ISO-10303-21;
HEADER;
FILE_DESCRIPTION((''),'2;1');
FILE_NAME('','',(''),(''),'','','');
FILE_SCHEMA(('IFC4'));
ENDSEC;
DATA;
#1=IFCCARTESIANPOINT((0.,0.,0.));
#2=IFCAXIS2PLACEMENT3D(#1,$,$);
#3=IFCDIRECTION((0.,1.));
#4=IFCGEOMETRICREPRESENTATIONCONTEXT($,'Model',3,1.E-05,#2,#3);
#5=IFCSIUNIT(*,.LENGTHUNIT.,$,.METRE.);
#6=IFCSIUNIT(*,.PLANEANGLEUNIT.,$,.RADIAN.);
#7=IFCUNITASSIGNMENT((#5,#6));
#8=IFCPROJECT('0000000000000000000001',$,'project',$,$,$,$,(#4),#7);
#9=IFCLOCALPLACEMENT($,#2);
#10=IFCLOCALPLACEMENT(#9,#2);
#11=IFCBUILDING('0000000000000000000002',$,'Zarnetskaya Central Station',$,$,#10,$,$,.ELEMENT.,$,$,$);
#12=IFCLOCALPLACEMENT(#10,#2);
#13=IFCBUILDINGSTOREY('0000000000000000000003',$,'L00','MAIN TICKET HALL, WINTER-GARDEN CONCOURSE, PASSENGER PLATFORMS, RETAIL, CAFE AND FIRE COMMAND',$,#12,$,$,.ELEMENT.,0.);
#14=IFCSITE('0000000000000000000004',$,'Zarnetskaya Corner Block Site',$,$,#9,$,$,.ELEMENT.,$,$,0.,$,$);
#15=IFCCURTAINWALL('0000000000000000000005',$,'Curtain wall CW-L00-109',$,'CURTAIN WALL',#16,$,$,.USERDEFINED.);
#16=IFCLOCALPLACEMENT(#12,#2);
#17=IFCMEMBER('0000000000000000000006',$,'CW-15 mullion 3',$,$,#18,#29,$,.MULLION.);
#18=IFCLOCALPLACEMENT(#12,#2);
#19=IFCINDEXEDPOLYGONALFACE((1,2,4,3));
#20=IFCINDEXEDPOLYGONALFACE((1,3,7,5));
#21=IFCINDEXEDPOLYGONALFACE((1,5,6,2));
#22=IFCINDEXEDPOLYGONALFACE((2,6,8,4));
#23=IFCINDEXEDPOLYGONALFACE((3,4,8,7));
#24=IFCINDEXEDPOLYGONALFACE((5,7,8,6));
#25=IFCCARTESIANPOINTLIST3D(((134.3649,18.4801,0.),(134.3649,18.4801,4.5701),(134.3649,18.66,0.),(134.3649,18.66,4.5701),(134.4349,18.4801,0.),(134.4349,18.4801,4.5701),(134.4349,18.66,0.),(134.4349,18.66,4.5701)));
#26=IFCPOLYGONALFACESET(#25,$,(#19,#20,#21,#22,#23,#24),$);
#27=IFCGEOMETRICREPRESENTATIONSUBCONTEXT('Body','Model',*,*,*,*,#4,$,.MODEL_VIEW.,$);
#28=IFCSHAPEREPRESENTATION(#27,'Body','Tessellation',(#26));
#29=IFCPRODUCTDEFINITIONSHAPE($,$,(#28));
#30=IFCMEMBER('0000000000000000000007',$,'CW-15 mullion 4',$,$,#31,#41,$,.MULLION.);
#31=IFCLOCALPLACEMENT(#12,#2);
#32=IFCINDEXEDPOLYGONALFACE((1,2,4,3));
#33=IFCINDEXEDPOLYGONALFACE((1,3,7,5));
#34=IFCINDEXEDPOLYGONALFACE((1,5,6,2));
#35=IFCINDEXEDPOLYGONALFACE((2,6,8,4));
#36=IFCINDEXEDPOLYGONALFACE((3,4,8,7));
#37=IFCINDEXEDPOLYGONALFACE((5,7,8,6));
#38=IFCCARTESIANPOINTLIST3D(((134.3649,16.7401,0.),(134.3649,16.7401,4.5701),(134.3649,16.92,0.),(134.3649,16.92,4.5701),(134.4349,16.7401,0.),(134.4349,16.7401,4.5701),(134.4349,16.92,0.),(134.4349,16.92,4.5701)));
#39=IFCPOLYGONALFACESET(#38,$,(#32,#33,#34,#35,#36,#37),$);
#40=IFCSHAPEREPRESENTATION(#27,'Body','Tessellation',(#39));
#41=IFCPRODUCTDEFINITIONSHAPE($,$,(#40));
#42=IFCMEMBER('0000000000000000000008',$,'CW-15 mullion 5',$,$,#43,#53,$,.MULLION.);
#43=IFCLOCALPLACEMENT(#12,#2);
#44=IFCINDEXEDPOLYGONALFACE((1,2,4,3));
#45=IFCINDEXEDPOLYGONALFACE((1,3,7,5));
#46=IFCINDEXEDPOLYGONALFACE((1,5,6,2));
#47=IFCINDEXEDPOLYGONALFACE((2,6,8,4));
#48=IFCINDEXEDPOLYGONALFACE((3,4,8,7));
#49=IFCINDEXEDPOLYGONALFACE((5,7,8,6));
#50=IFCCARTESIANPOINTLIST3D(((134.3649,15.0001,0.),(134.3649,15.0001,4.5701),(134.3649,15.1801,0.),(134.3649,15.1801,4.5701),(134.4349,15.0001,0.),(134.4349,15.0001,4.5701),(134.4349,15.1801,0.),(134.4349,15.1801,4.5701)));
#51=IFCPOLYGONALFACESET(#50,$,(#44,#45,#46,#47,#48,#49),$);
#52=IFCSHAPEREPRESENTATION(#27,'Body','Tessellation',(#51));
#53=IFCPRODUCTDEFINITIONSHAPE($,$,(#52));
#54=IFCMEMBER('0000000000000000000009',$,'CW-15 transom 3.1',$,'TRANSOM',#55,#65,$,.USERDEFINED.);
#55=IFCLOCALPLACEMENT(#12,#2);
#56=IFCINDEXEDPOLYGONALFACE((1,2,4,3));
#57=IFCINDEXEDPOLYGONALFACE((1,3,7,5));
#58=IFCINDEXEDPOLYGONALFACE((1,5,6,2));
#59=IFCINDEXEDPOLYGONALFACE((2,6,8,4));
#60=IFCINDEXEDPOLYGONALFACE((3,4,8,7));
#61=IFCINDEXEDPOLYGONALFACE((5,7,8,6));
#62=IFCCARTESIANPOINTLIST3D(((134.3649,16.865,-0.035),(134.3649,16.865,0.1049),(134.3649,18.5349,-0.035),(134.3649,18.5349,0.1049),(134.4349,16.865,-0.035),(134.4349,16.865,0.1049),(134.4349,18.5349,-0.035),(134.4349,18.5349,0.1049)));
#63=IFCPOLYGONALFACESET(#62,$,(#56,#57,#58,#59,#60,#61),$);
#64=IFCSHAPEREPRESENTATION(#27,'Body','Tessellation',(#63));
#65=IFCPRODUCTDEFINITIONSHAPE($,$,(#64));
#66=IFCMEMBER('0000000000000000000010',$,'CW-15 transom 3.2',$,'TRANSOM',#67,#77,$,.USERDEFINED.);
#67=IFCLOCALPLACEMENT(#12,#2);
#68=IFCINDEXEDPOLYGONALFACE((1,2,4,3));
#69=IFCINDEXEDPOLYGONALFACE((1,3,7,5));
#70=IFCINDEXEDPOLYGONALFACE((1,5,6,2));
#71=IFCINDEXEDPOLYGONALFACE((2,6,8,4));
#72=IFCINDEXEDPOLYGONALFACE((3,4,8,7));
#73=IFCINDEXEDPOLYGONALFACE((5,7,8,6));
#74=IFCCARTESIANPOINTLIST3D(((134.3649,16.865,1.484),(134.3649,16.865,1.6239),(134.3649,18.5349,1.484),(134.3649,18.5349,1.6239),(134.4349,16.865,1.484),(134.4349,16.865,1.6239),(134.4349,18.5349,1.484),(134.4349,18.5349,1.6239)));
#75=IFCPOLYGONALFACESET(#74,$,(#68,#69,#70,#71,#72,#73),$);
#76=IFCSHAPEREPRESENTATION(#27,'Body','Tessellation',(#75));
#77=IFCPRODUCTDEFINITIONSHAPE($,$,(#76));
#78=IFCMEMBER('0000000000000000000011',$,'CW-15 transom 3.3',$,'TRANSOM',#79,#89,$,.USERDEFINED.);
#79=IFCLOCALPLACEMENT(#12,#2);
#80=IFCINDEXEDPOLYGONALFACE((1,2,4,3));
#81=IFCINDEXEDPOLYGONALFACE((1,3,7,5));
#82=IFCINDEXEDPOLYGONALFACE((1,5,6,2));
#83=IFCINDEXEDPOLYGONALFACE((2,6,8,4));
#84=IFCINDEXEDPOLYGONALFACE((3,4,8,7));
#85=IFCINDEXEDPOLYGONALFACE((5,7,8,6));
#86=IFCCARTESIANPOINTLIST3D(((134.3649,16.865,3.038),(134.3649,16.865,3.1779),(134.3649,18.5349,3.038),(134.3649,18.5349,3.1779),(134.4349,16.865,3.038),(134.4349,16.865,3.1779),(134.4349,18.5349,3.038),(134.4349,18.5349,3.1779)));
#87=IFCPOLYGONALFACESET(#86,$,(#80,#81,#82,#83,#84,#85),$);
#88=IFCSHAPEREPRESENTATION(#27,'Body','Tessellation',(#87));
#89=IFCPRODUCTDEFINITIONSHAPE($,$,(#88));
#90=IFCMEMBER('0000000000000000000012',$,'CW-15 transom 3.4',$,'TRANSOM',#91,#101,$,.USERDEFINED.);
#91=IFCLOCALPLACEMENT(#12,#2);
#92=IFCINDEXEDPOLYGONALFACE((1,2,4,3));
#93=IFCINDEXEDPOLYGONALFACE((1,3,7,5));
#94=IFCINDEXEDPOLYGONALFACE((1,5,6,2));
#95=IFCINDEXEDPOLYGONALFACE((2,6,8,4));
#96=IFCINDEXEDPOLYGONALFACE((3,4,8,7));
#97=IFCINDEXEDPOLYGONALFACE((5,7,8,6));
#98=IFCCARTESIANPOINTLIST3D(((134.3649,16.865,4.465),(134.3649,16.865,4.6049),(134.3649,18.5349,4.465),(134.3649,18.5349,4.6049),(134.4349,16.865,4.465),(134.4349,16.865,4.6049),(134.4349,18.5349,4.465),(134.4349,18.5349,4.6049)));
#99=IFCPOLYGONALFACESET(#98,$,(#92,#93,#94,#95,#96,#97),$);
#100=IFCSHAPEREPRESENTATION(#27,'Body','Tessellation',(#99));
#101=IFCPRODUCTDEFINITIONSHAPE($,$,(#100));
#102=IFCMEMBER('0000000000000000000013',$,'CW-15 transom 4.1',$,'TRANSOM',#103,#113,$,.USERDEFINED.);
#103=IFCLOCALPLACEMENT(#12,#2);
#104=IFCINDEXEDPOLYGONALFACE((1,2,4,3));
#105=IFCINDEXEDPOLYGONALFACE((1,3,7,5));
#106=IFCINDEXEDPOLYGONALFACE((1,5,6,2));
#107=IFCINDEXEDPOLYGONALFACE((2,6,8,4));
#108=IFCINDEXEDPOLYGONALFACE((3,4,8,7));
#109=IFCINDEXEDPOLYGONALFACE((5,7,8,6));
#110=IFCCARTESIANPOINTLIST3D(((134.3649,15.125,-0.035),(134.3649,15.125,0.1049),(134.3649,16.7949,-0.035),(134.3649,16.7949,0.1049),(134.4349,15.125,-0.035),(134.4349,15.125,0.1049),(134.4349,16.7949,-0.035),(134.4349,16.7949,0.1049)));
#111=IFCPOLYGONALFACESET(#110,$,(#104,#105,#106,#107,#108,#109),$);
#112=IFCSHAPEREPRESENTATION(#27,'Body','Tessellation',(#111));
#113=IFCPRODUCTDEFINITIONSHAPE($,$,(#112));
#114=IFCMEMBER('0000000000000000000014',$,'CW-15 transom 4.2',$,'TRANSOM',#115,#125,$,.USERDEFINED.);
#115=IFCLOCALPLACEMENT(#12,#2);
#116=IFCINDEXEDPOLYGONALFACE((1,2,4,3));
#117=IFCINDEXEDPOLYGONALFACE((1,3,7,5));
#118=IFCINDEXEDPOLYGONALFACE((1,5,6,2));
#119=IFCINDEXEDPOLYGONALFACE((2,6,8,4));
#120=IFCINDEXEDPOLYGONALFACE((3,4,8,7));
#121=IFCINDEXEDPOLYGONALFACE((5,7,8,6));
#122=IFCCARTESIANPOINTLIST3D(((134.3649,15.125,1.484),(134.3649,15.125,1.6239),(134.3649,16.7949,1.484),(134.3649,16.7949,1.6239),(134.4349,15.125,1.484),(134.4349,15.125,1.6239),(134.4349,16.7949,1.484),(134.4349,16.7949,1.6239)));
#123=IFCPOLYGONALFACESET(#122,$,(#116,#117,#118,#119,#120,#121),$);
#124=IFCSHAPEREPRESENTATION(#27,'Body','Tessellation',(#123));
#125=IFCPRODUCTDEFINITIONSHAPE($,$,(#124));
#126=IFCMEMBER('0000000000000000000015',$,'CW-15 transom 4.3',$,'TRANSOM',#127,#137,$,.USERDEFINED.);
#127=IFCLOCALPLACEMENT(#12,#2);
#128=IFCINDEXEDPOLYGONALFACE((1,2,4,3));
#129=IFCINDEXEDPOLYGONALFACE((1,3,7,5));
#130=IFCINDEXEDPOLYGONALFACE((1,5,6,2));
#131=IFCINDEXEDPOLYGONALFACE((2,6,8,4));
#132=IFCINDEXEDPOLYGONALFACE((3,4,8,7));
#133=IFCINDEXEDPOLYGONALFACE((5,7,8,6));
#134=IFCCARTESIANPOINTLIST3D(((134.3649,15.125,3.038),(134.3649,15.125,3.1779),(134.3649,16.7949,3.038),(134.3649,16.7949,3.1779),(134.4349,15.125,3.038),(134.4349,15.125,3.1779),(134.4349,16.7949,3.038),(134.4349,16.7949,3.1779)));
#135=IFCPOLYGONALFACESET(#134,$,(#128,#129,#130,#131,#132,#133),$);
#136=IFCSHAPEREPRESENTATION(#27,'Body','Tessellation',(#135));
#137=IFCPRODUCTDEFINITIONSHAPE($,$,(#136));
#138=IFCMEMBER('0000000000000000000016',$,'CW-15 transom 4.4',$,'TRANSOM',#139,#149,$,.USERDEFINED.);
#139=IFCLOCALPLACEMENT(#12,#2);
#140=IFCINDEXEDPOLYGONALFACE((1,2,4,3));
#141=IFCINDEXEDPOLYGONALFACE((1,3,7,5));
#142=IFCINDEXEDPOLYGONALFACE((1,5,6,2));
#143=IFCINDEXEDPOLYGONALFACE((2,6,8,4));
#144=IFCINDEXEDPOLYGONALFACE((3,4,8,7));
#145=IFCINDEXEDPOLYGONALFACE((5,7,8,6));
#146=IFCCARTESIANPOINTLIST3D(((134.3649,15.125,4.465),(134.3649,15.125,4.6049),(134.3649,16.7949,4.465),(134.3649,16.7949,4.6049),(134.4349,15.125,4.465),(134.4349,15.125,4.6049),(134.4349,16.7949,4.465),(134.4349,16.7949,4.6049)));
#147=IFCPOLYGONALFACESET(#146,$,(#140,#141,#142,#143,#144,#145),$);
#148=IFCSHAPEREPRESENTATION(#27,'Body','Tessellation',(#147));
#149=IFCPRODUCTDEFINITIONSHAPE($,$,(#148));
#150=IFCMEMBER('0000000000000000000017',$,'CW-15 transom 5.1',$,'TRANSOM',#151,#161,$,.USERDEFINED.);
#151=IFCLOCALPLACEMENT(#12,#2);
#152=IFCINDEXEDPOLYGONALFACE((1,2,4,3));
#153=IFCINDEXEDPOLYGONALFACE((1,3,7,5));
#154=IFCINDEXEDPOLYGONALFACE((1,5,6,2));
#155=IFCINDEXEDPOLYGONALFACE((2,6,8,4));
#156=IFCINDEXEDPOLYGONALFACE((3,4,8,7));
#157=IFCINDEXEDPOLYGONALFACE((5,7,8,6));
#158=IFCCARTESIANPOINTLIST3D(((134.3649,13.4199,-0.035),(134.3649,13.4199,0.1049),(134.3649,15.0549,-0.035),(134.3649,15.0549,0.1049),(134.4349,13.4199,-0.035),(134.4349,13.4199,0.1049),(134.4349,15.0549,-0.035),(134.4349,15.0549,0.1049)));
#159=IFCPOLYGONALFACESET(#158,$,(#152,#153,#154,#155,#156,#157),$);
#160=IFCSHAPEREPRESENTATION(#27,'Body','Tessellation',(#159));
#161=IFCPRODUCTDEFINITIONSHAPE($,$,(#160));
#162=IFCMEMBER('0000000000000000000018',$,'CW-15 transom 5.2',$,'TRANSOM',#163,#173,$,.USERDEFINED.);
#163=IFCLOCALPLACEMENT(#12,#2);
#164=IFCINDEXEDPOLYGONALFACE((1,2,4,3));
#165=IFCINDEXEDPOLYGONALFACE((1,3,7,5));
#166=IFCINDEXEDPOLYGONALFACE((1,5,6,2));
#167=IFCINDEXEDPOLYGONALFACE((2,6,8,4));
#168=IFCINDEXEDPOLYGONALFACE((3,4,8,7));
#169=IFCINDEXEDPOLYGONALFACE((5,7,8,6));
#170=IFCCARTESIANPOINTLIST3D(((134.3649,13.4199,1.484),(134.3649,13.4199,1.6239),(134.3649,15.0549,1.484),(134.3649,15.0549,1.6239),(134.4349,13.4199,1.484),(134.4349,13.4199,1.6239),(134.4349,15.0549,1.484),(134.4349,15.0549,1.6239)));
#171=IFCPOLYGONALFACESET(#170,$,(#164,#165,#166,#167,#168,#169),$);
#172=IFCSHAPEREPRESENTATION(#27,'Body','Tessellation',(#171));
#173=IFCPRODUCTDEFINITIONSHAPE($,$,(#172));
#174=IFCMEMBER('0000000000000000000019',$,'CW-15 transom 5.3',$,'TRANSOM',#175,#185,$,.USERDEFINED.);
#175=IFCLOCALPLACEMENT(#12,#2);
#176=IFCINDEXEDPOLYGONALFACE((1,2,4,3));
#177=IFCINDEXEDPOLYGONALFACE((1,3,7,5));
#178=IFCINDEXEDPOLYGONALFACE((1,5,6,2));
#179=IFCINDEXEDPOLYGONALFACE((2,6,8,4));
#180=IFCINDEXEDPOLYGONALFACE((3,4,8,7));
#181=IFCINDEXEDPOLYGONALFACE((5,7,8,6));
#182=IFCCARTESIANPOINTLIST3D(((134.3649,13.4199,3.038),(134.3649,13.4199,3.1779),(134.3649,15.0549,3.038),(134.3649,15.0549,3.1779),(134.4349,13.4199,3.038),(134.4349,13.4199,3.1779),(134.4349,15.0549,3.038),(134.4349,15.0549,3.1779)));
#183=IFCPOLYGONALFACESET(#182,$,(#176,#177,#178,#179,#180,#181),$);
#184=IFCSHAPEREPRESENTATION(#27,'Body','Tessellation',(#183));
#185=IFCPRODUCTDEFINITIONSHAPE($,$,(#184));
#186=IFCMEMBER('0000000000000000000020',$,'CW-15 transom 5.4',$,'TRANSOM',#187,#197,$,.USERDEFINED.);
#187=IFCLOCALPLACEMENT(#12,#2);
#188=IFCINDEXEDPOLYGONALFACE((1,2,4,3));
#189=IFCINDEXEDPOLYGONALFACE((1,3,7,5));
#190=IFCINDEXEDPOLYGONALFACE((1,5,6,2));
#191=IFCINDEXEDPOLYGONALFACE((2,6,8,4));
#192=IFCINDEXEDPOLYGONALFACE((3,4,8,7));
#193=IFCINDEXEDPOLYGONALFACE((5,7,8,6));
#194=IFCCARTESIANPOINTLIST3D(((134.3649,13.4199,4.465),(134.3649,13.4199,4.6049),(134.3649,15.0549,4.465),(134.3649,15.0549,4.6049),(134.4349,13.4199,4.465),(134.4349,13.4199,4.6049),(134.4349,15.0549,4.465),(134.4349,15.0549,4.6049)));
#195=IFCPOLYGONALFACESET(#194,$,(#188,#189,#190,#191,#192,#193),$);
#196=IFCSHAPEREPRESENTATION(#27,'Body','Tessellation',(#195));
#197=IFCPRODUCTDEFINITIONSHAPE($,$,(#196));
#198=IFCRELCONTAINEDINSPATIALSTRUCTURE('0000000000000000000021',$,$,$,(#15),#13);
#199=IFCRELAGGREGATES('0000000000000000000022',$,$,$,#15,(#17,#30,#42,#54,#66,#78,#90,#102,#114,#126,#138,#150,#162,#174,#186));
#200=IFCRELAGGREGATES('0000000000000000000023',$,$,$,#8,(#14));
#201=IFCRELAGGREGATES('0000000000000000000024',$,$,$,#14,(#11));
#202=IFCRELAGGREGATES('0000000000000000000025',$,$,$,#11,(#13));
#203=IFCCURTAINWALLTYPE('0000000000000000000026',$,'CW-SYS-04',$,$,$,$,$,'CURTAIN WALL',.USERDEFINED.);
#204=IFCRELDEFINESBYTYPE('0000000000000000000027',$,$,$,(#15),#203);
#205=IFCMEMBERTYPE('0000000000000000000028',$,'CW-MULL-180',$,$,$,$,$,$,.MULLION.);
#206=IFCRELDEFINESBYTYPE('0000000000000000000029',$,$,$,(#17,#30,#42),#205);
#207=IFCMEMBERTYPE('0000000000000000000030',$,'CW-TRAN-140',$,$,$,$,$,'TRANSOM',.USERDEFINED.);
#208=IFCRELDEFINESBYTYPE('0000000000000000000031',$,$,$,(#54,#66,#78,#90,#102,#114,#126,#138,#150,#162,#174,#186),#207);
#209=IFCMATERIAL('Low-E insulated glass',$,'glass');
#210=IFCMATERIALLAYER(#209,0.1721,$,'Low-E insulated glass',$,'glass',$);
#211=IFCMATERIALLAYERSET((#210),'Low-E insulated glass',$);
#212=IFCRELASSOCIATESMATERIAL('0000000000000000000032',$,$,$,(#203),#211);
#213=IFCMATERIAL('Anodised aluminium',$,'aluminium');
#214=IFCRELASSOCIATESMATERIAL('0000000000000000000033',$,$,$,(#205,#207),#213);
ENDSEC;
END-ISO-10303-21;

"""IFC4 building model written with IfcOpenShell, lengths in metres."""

from ifc_helpers import new_model, si_unit, direction, frame, origin, origin_2d, place, context, subcontext, project, spatial, rectangle, extrude, material, layer, layer_set, material_profile, profile_set, type_object, element, aggregate, save


model = new_model("IFC4")

# Units and contexts
model_context = context("Model", 3, precision=1e-05, world=origin(), true_north=direction((0.0, 1.0)))
body_context = subcontext(model_context, "Body", "Model", "MODEL_VIEW")
ifc_project = project(units=[si_unit("LENGTHUNIT", "METRE"), si_unit("PLANEANGLEUNIT", "RADIAN")], contexts=[model_context])

# Site, building, storey
site_placement = place(None, origin())
site = spatial("IfcSite", under=ifc_project, at=site_placement, Name="Zarnetskaya Corner Block Site", CompositionType="ELEMENT", RefElevation=0.0)
building_placement = place(site_placement, origin())
building = spatial("IfcBuilding", under=site, at=building_placement, Name="Zarnetskaya Central Station", CompositionType="ELEMENT")
storey_placement = place(building_placement, origin())
storey = spatial("IfcBuildingStorey", under=building, at=storey_placement, Name="L00", Description="MAIN TICKET HALL, WINTER-GARDEN CONCOURSE, PASSENGER PLATFORMS, RETAIL, CAFE AND FIRE COMMAND", CompositionType="ELEMENT", Elevation=0.0)

# Curtain wall, members
ifc_material_1 = material(Name="Low-E insulated glass", Category="glass")
ifc_layer_1 = layer(ifc_material_1, 0.1721, Name="Low-E insulated glass", Category="glass")
ifc_layer_set_1 = layer_set([ifc_layer_1], Name="Low-E insulated glass")
curtain_wall_type = type_object("IfcCurtainWallType", Name="CW-SYS-04", ElementType="CURTAIN WALL", PredefinedType="USERDEFINED", material=ifc_layer_set_1)
curtain_wall_placement = place(storey_placement, origin())
curtain_wall = element("IfcCurtainWall", 1, at=curtain_wall_placement, inside=storey, type_object=curtain_wall_type, Name="Curtain wall CW-L00-109", ObjectType="CURTAIN WALL", PredefinedType="USERDEFINED")
ifc_material_2 = material(Name="Anodised aluminium", Category="aluminium")
ifc_material_profile_1 = material_profile(ifc_material_2, rectangle(XDim=0.0701, YDim=0.1799, at=origin_2d()), Name="ALU MULL 70x180")
ifc_profile_set_1 = profile_set([ifc_material_profile_1], Name="Anodised aluminium")
member_type_1 = type_object("IfcMemberType", Name="CW-MULL-180", PredefinedType="MULLION", material=ifc_profile_set_1)
member_1_placement = place(storey_placement, frame((134.3999, 18.5701, 0.0), z_axis=(0.0, 0.0, 1.0), x_axis=(1.0, 0.0, 0.0)))
member_1 = element("IfcMember", 2, at=member_1_placement, type_object=member_type_1, Name="CW-15 mullion 3", PredefinedType="MULLION", context=body_context, shape_type="SweptSolid", body=[
    extrude(rectangle(XDim=0.0701, YDim=0.1799, at=origin_2d()), origin(), (0.0, 0.0, 1.0), 4.5701),
])
member_2_placement = place(storey_placement, frame((134.3999, 16.8301, 0.0), z_axis=(0.0, 0.0, 1.0), x_axis=(1.0, 0.0, 0.0)))
member_2 = element("IfcMember", 3, at=member_2_placement, type_object=member_type_1, Name="CW-15 mullion 4", PredefinedType="MULLION", context=body_context, shape_type="SweptSolid", body=[
    extrude(rectangle(XDim=0.0701, YDim=0.1799, at=origin_2d()), origin(), (0.0, 0.0, 1.0), 4.5701),
])
member_3_placement = place(storey_placement, frame((134.3999, 15.0901, 0.0), z_axis=(0.0, 0.0, 1.0), x_axis=(1.0, 0.0, 0.0)))
member_3 = element("IfcMember", 4, at=member_3_placement, type_object=member_type_1, Name="CW-15 mullion 5", PredefinedType="MULLION", context=body_context, shape_type="SweptSolid", body=[
    extrude(rectangle(XDim=0.0701, YDim=0.1799, at=origin_2d()), origin(), (0.0, 0.0, 1.0), 4.5701),
])
ifc_material_profile_2 = material_profile(ifc_material_2, rectangle(XDim=0.0701, YDim=0.1399, at=origin_2d()), Name="ALU TRAN 70x140")
ifc_profile_set_2 = profile_set([ifc_material_profile_2], Name="Anodised aluminium")
member_type_2 = type_object("IfcMemberType", Name="CW-TRAN-140", ElementType="TRANSOM", PredefinedType="USERDEFINED", material=ifc_profile_set_2)
member_4_placement = place(storey_placement, frame((134.3999, 18.5349, 0.0349), z_axis=(0.0, -1.0, 0.0), x_axis=(1.0, 0.0, 0.0)))
member_4 = element("IfcMember", 5, at=member_4_placement, type_object=member_type_2, Name="CW-15 transom 3.1", ObjectType="TRANSOM", PredefinedType="USERDEFINED", context=body_context, shape_type="SweptSolid", body=[
    extrude(rectangle(XDim=0.0701, YDim=0.1399, at=origin_2d()), origin(), (0.0, 0.0, 1.0), 1.6699),
])
member_5_placement = place(storey_placement, frame((134.3999, 18.5349, 1.554), z_axis=(0.0, -1.0, 0.0), x_axis=(1.0, 0.0, 0.0)))
member_5 = element("IfcMember", 6, at=member_5_placement, type_object=member_type_2, Name="CW-15 transom 3.2", ObjectType="TRANSOM", PredefinedType="USERDEFINED", context=body_context, shape_type="SweptSolid", body=[
    extrude(rectangle(XDim=0.0701, YDim=0.1399, at=origin_2d()), origin(), (0.0, 0.0, 1.0), 1.6699),
])
member_6_placement = place(storey_placement, frame((134.3999, 18.5349, 3.1079), z_axis=(0.0, -1.0, 0.0), x_axis=(1.0, 0.0, 0.0)))
member_6 = element("IfcMember", 7, at=member_6_placement, type_object=member_type_2, Name="CW-15 transom 3.3", ObjectType="TRANSOM", PredefinedType="USERDEFINED", context=body_context, shape_type="SweptSolid", body=[
    extrude(rectangle(XDim=0.0701, YDim=0.1399, at=origin_2d()), origin(), (0.0, 0.0, 1.0), 1.6699),
])
member_7_placement = place(storey_placement, frame((134.3999, 18.5349, 4.5349), z_axis=(0.0, -1.0, 0.0), x_axis=(1.0, 0.0, 0.0)))
member_7 = element("IfcMember", 8, at=member_7_placement, type_object=member_type_2, Name="CW-15 transom 3.4", ObjectType="TRANSOM", PredefinedType="USERDEFINED", context=body_context, shape_type="SweptSolid", body=[
    extrude(rectangle(XDim=0.0701, YDim=0.1399, at=origin_2d()), origin(), (0.0, 0.0, 1.0), 1.6699),
])
member_8_placement = place(storey_placement, frame((134.3999, 16.7949, 0.0349), z_axis=(0.0, -1.0, 0.0), x_axis=(1.0, 0.0, 0.0)))
member_8 = element("IfcMember", 9, at=member_8_placement, type_object=member_type_2, Name="CW-15 transom 4.1", ObjectType="TRANSOM", PredefinedType="USERDEFINED", context=body_context, shape_type="SweptSolid", body=[
    extrude(rectangle(XDim=0.0701, YDim=0.1399, at=origin_2d()), origin(), (0.0, 0.0, 1.0), 1.6699),
])
member_9_placement = place(storey_placement, frame((134.3999, 16.7949, 1.554), z_axis=(0.0, -1.0, 0.0), x_axis=(1.0, 0.0, 0.0)))
member_9 = element("IfcMember", 10, at=member_9_placement, type_object=member_type_2, Name="CW-15 transom 4.2", ObjectType="TRANSOM", PredefinedType="USERDEFINED", context=body_context, shape_type="SweptSolid", body=[
    extrude(rectangle(XDim=0.0701, YDim=0.1399, at=origin_2d()), origin(), (0.0, 0.0, 1.0), 1.6699),
])
member_10_placement = place(storey_placement, frame((134.3999, 16.7949, 3.1079), z_axis=(0.0, -1.0, 0.0), x_axis=(1.0, 0.0, 0.0)))
member_10 = element("IfcMember", 11, at=member_10_placement, type_object=member_type_2, Name="CW-15 transom 4.3", ObjectType="TRANSOM", PredefinedType="USERDEFINED", context=body_context, shape_type="SweptSolid", body=[
    extrude(rectangle(XDim=0.0701, YDim=0.1399, at=origin_2d()), origin(), (0.0, 0.0, 1.0), 1.6699),
])
member_11_placement = place(storey_placement, frame((134.3999, 16.7949, 4.5349), z_axis=(0.0, -1.0, 0.0), x_axis=(1.0, 0.0, 0.0)))
member_11 = element("IfcMember", 12, at=member_11_placement, type_object=member_type_2, Name="CW-15 transom 4.4", ObjectType="TRANSOM", PredefinedType="USERDEFINED", context=body_context, shape_type="SweptSolid", body=[
    extrude(rectangle(XDim=0.0701, YDim=0.1399, at=origin_2d()), origin(), (0.0, 0.0, 1.0), 1.6699),
])
member_12_placement = place(storey_placement, frame((134.3999, 15.0549, 0.0349), z_axis=(0.0, -1.0, 0.0), x_axis=(1.0, 0.0, 0.0)))
member_12 = element("IfcMember", 13, at=member_12_placement, type_object=member_type_2, Name="CW-15 transom 5.1", ObjectType="TRANSOM", PredefinedType="USERDEFINED", context=body_context, shape_type="SweptSolid", body=[
    extrude(rectangle(XDim=0.0701, YDim=0.1399, at=origin_2d()), origin(), (0.0, 0.0, 1.0), 1.635),
])
member_13_placement = place(storey_placement, frame((134.3999, 15.0549, 1.554), z_axis=(0.0, -1.0, 0.0), x_axis=(1.0, 0.0, 0.0)))
member_13 = element("IfcMember", 14, at=member_13_placement, type_object=member_type_2, Name="CW-15 transom 5.2", ObjectType="TRANSOM", PredefinedType="USERDEFINED", context=body_context, shape_type="SweptSolid", body=[
    extrude(rectangle(XDim=0.0701, YDim=0.1399, at=origin_2d()), origin(), (0.0, 0.0, 1.0), 1.635),
])
member_14_placement = place(storey_placement, frame((134.3999, 15.0549, 3.1079), z_axis=(0.0, -1.0, 0.0), x_axis=(1.0, 0.0, 0.0)))
member_14 = element("IfcMember", 15, at=member_14_placement, type_object=member_type_2, Name="CW-15 transom 5.3", ObjectType="TRANSOM", PredefinedType="USERDEFINED", context=body_context, shape_type="SweptSolid", body=[
    extrude(rectangle(XDim=0.0701, YDim=0.1399, at=origin_2d()), origin(), (0.0, 0.0, 1.0), 1.635),
])
member_15_placement = place(storey_placement, frame((134.3999, 15.0549, 4.5349), z_axis=(0.0, -1.0, 0.0), x_axis=(1.0, 0.0, 0.0)))
member_15 = element("IfcMember", 16, at=member_15_placement, type_object=member_type_2, Name="CW-15 transom 5.4", ObjectType="TRANSOM", PredefinedType="USERDEFINED", context=body_context, shape_type="SweptSolid", body=[
    extrude(rectangle(XDim=0.0701, YDim=0.1399, at=origin_2d()), origin(), (0.0, 0.0, 1.0), 1.635),
])
aggregate(curtain_wall, [member_1, member_2, member_3, member_4, member_5, member_6, member_7, member_8, member_9, member_10, member_11, member_12, member_13, member_14, member_15])

save(model, "model.ifc")
